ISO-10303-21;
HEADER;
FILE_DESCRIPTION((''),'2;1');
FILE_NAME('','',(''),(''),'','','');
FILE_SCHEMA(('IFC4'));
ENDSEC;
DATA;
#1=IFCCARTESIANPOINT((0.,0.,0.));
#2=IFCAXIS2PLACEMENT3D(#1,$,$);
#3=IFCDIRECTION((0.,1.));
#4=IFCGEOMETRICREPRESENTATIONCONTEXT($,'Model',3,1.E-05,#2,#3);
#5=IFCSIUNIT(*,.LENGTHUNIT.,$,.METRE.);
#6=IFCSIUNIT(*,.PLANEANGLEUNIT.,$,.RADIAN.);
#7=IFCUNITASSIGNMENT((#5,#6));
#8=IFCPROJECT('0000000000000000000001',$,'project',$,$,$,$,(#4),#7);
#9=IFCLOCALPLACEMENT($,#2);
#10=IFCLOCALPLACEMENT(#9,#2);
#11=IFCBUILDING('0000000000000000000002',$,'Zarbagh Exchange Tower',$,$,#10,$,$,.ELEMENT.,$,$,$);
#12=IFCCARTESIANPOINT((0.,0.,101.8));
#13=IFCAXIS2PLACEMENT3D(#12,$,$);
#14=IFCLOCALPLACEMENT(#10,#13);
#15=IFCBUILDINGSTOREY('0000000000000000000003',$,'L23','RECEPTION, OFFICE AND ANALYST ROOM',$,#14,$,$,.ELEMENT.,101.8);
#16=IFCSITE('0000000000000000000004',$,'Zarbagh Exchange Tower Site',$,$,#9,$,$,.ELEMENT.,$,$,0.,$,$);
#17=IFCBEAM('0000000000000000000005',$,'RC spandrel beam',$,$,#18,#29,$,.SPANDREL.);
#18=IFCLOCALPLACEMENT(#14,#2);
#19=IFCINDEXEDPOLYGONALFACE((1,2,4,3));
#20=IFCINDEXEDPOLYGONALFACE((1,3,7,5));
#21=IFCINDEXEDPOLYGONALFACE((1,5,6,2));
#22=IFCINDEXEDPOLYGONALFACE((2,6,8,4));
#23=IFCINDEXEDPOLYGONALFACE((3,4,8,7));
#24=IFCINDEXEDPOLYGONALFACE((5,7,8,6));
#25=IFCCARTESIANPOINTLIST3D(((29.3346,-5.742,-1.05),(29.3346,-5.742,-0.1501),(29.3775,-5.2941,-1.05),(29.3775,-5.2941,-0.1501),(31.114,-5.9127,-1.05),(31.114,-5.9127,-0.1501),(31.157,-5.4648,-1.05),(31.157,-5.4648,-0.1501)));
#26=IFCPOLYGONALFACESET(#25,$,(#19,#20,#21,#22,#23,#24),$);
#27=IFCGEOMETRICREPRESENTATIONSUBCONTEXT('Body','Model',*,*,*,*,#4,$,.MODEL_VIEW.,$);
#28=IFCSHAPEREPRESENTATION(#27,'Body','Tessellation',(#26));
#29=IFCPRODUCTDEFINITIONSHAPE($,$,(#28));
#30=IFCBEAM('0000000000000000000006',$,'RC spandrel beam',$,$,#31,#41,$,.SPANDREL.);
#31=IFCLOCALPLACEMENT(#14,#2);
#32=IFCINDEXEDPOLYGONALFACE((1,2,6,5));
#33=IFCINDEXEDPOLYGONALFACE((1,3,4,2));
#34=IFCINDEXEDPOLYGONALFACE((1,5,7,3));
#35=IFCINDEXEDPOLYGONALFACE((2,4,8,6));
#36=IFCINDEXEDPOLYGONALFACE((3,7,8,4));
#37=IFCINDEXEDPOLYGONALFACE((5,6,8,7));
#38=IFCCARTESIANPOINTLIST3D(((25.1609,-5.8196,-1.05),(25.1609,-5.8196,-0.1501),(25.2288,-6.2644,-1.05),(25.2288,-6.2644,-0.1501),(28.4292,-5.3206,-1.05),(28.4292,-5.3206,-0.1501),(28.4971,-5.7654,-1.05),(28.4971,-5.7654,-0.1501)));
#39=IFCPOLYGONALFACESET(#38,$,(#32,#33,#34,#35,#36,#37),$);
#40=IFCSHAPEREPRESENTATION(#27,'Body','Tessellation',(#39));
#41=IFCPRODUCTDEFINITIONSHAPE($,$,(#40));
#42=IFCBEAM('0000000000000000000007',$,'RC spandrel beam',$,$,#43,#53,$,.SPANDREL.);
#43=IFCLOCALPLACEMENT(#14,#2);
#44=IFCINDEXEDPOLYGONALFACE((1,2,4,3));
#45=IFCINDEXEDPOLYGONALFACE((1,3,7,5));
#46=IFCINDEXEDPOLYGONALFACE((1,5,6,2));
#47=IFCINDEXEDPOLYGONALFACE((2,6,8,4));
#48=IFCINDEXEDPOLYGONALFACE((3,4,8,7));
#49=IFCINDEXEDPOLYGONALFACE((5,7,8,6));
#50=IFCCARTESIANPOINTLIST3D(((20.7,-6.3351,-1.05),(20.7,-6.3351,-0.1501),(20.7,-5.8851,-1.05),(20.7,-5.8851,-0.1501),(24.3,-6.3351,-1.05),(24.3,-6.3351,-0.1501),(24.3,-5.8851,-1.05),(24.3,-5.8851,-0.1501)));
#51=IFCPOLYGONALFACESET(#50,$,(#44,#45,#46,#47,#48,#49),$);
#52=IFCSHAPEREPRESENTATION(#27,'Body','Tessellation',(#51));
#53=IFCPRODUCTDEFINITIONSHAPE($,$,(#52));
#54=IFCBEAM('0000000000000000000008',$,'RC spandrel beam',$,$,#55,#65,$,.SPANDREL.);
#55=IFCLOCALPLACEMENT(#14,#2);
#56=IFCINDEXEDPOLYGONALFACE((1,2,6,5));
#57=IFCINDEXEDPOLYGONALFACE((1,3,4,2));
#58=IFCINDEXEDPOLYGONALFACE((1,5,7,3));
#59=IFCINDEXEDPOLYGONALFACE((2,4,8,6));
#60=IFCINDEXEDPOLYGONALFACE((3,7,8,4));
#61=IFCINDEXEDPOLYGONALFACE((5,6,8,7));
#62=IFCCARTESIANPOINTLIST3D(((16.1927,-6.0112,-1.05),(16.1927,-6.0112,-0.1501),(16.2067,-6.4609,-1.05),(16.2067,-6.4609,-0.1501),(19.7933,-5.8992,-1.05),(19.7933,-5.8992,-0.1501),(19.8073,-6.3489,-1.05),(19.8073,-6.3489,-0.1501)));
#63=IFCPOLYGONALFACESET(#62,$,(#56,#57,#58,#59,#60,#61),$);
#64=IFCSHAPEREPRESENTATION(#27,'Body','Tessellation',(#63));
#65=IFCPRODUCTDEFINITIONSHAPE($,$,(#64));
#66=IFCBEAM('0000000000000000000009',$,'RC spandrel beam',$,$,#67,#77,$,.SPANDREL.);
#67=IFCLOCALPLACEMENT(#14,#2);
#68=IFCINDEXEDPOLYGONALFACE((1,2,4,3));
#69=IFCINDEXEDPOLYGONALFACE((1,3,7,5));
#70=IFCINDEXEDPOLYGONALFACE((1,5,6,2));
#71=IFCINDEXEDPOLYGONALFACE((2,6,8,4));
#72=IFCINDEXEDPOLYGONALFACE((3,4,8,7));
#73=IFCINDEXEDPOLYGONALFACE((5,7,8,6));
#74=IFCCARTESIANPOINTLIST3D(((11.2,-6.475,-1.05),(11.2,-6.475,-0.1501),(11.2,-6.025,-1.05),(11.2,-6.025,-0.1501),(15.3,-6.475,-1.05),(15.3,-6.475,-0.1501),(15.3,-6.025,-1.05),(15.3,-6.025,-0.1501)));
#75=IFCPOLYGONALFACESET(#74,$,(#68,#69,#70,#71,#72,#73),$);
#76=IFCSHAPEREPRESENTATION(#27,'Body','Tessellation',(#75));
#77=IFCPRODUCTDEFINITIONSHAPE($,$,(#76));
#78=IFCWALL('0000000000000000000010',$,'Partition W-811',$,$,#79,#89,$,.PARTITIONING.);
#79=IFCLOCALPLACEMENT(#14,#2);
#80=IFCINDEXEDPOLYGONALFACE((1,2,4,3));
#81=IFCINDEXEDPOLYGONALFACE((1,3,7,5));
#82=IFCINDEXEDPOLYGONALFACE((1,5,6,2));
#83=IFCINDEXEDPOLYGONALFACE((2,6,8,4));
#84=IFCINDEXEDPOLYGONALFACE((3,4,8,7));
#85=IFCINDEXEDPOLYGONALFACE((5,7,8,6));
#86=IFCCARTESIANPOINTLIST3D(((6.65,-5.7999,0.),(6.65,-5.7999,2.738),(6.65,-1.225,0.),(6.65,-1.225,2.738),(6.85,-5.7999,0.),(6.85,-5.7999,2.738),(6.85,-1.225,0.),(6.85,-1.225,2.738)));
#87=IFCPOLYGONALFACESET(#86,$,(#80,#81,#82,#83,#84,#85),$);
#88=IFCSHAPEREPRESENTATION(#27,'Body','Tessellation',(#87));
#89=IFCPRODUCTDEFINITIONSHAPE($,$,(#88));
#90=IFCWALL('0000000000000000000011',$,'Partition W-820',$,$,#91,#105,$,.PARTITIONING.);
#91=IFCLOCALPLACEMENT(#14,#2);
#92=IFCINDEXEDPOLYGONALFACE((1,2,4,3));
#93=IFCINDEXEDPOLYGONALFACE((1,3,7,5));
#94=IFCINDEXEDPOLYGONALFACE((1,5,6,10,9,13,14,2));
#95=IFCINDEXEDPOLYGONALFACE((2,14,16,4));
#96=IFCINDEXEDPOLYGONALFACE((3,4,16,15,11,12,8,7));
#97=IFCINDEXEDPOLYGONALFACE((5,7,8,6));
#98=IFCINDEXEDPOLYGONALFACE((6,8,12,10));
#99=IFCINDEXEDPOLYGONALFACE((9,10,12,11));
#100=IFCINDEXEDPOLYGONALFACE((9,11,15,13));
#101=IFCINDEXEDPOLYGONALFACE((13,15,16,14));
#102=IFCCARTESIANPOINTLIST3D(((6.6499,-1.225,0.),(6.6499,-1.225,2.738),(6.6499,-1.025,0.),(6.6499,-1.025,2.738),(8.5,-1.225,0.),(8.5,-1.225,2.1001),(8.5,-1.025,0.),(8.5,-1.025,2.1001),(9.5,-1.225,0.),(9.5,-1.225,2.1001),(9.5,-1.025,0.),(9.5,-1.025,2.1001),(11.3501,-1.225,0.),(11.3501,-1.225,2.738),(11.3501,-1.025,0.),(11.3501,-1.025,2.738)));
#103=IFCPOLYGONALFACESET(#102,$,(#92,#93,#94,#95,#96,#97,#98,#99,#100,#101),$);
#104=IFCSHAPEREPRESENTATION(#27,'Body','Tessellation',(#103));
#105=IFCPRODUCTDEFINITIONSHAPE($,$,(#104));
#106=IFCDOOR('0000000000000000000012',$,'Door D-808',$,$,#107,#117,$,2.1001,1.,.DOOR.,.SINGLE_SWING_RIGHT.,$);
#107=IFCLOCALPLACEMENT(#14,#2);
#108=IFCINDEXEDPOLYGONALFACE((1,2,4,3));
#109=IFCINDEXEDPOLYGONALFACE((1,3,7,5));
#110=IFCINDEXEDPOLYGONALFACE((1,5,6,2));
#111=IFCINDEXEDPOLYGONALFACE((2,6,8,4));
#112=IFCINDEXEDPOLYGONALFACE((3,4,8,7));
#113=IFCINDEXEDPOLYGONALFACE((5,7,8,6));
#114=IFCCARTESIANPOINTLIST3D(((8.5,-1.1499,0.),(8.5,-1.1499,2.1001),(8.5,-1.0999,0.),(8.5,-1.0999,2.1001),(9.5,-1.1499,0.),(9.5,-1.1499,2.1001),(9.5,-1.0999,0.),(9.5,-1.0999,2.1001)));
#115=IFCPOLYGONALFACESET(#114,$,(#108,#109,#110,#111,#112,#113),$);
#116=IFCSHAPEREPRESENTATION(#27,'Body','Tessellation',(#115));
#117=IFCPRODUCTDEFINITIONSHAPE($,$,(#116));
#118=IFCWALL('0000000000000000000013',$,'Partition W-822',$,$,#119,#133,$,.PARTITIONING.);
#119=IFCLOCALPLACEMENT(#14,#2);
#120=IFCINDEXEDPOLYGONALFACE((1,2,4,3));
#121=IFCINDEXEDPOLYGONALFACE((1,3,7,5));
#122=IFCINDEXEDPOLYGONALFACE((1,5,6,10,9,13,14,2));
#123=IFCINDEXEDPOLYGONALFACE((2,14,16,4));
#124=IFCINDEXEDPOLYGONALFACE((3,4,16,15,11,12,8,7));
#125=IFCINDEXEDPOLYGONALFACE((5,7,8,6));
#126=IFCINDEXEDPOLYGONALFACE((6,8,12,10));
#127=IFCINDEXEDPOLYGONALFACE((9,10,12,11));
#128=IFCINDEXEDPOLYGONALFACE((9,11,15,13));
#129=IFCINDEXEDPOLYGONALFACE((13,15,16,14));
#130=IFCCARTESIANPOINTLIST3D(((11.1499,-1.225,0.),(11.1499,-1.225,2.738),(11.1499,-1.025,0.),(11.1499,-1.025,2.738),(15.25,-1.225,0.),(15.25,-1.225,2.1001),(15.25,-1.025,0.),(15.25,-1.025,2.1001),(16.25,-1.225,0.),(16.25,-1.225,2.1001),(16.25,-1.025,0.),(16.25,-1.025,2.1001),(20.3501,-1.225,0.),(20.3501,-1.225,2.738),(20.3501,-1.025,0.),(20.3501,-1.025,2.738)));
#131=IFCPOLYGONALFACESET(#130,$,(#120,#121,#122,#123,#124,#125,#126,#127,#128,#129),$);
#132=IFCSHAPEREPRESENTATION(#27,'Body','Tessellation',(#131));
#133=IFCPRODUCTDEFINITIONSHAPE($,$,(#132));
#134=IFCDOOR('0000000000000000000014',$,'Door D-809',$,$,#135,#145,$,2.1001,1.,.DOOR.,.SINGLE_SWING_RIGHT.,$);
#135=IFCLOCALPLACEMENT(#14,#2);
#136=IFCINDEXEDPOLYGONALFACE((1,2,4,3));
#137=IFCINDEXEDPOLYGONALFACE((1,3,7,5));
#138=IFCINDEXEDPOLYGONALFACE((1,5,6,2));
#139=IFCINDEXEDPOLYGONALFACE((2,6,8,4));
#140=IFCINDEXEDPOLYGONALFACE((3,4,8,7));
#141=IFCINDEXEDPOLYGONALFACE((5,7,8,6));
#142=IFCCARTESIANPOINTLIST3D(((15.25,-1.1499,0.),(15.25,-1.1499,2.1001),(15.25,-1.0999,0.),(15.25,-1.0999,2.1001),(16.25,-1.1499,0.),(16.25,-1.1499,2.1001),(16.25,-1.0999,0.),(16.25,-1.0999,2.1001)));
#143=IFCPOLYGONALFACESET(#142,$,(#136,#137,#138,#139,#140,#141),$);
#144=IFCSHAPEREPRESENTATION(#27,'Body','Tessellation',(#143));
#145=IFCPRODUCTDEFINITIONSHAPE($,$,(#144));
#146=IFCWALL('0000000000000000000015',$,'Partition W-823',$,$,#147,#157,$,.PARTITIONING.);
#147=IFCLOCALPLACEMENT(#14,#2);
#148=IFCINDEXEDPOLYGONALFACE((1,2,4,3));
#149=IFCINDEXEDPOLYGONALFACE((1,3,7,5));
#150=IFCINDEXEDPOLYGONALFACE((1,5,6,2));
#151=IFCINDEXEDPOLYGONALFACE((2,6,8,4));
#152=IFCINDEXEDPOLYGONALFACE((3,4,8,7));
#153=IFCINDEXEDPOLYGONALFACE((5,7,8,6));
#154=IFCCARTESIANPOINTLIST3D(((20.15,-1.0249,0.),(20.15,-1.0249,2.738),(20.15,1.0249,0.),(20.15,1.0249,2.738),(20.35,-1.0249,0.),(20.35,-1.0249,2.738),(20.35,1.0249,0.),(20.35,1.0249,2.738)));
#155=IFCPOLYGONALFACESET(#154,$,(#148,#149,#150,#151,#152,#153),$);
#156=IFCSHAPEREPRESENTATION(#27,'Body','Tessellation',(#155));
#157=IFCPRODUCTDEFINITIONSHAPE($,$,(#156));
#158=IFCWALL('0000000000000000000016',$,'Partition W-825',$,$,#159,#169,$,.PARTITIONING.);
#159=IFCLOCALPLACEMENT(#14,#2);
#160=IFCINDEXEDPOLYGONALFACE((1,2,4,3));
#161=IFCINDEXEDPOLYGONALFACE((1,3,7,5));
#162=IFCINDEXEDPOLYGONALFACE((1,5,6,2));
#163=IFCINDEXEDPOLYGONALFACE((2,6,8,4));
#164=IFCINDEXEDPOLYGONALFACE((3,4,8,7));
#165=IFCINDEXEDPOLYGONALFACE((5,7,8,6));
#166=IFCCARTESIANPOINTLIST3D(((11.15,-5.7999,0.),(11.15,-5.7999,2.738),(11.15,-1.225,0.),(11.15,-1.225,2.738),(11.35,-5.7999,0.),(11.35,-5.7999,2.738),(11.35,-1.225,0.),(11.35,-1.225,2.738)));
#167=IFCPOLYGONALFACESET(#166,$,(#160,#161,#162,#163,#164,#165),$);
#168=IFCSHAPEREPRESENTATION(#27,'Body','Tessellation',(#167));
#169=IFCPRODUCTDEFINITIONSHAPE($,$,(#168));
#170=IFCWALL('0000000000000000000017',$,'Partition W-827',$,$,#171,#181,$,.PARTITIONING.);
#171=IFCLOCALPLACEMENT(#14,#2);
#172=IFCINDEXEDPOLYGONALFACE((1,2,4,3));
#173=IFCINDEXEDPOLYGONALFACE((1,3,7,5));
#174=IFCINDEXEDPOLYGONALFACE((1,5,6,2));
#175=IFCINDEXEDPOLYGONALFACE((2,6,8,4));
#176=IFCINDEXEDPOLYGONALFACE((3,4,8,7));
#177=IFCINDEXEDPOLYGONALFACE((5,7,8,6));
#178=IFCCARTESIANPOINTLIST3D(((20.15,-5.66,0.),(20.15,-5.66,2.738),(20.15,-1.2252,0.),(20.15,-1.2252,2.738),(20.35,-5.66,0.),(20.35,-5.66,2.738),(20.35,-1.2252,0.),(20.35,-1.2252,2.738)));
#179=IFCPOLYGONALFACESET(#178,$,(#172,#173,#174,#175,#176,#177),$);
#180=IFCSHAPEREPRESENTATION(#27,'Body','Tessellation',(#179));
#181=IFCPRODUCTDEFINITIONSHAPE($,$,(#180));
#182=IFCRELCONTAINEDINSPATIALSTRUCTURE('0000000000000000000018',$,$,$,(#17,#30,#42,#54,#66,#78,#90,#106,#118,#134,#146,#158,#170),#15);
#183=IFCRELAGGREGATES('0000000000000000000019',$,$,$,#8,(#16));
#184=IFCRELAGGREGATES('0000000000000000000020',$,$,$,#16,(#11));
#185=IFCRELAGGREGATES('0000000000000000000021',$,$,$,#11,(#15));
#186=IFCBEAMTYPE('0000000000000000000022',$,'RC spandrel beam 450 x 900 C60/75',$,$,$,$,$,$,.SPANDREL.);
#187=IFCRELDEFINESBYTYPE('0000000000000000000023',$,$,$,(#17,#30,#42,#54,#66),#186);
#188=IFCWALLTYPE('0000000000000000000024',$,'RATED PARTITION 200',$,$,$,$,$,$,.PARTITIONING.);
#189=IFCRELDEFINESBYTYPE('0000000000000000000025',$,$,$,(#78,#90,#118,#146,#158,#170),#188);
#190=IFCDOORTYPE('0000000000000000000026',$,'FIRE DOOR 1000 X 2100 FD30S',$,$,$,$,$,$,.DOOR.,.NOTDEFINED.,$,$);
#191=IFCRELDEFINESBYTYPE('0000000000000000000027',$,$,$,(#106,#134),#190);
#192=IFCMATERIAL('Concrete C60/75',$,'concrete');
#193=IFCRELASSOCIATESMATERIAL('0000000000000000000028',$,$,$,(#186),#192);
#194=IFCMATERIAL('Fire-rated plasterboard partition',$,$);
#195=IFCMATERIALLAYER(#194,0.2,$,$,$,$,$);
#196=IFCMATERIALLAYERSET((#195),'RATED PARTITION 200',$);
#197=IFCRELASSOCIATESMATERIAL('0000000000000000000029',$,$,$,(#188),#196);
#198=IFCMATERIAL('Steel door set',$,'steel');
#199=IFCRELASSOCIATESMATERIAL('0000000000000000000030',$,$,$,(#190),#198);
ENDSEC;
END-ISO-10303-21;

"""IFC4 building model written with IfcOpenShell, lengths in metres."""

from ifc_helpers import new_model, si_unit, direction, frame, frame_2d, origin, origin_2d, place, context, subcontext, project, spatial, rectangle, extrude, material, layer, layer_set, material_profile, profile_set, type_object, element, fill, save


model = new_model("IFC4")

# Units and contexts
model_context = context("Model", 3, precision=1e-05, world=origin(), true_north=direction((0.0, 1.0)))
body_context = subcontext(model_context, "Body", "Model", "MODEL_VIEW")
ifc_project = project(units=[si_unit("LENGTHUNIT", "METRE"), si_unit("PLANEANGLEUNIT", "RADIAN")], contexts=[model_context])

# Site, building, storey
site_placement = place(None, origin())
site = spatial("IfcSite", under=ifc_project, at=site_placement, Name="Zarbagh Exchange Tower Site", CompositionType="ELEMENT", RefElevation=0.0)
building_placement = place(site_placement, origin())
building = spatial("IfcBuilding", under=site, at=building_placement, Name="Zarbagh Exchange Tower", CompositionType="ELEMENT")
storey_placement = place(building_placement, frame((0.0, 0.0, 101.8)))
storey = spatial("IfcBuildingStorey", under=building, at=storey_placement, Name="L23", Description="RECEPTION, OFFICE AND ANALYST ROOM", CompositionType="ELEMENT", Elevation=101.8)

# Shared definitions
ifc_material_1 = material(Name="Concrete C60/75", Category="concrete")

# Beams
ifc_material_profile_1 = material_profile(ifc_material_1, rectangle(XDim=0.45, YDim=0.8999, at=origin_2d()), Name="RC spandrel beam 450 x 900 C60/75")
ifc_profile_set_1 = profile_set([ifc_material_profile_1], Name="Concrete C60/75")
beam_type_1 = type_object("IfcBeamType", Name="RC spandrel beam 450 x 900 C60/75", PredefinedType="SPANDREL", material=ifc_profile_set_1)
beam_1_placement = place(storey_placement, frame((31.1355, -5.6887, -0.6001), z_axis=(-0.995433, 0.09546, 0.0), x_axis=(-0.09546, -0.995433, 0.0)))
element("IfcBeam", 1, at=beam_1_placement, inside=storey, type_object=beam_type_1, Name="RC spandrel beam", PredefinedType="SPANDREL", context=body_context, shape_type="SweptSolid", body=[
    extrude(rectangle(XDim=0.45, YDim=0.8999, at=origin_2d()), origin(), (0.0, 0.0, 1.0), 1.7876),
])
beam_2_placement = place(storey_placement, frame((28.4631, -5.543, -0.6001), z_axis=(-0.988544, -0.150936, 0.0), x_axis=(0.150936, -0.988544, 0.0)))
element("IfcBeam", 2, at=beam_2_placement, inside=storey, type_object=beam_type_1, Name="RC spandrel beam", PredefinedType="SPANDREL", context=body_context, shape_type="SweptSolid", body=[
    extrude(rectangle(XDim=0.45, YDim=0.8999, at=origin_2d()), origin(), (0.0, 0.0, 1.0), 3.3062),
])
beam_3_placement = place(storey_placement, frame((24.3, -6.1101, -0.6001), z_axis=(-1.0, 0.0, 0.0), x_axis=(0.0, -1.0, 0.0)))
element("IfcBeam", 3, at=beam_3_placement, inside=storey, type_object=beam_type_1, Name="RC spandrel beam", PredefinedType="SPANDREL", context=body_context, shape_type="SweptSolid", body=[
    extrude(rectangle(XDim=0.45, YDim=0.8999, at=origin_2d()), origin(), (0.0, 0.0, 1.0), 3.6001),
])
beam_4_placement = place(storey_placement, frame((19.8003, -6.124, -0.6001), z_axis=(-0.999516, -0.031108, 0.0), x_axis=(0.031108, -0.999516, 0.0)))
element("IfcBeam", 4, at=beam_4_placement, inside=storey, type_object=beam_type_1, Name="RC spandrel beam", PredefinedType="SPANDREL", context=body_context, shape_type="SweptSolid", body=[
    extrude(rectangle(XDim=0.45, YDim=0.8999, at=origin_2d()), origin(), (0.0, 0.0, 1.0), 3.6023),
])
beam_5_placement = place(storey_placement, frame((15.3, -6.25, -0.6001), z_axis=(-1.0, 0.0, 0.0), x_axis=(0.0, -1.0, 0.0)))
element("IfcBeam", 5, at=beam_5_placement, inside=storey, type_object=beam_type_1, Name="RC spandrel beam", PredefinedType="SPANDREL", context=body_context, shape_type="SweptSolid", body=[
    extrude(rectangle(XDim=0.45, YDim=0.8999, at=origin_2d()), origin(), (0.0, 0.0, 1.0), 4.1001),
])

# Wall
ifc_material_2 = material(Name="Fire-rated plasterboard partition")
ifc_layer = layer(ifc_material_2, 0.2)
ifc_layer_set = layer_set([ifc_layer], Name="RATED PARTITION 200")
wall_type = type_object("IfcWallType", Name="RATED PARTITION 200", PredefinedType="PARTITIONING", material=ifc_layer_set)
wall_1_placement = place(storey_placement, frame((6.75, -5.8, 0.0), z_axis=(0.0, 0.0, 1.0), x_axis=(0.0, 1.0, 0.0)))
element("IfcWall", 6, at=wall_1_placement, inside=storey, type_object=wall_type, Name="Partition W-811", PredefinedType="PARTITIONING", context=body_context, shape_type="SweptSolid", body=[
    extrude(rectangle(XDim=4.575, YDim=0.2, at=frame_2d((2.2876, 0.0))), origin(), (0.0, 0.0, 1.0), 2.738),
])

# Walls, openings, doors
wall_2_placement = place(storey_placement, frame((11.3501, -1.125, 0.0), z_axis=(0.0, 0.0, 1.0), x_axis=(-1.0, 0.0, 0.0)))
wall_2 = element("IfcWall", 7, at=wall_2_placement, inside=storey, type_object=wall_type, Name="Partition W-820", PredefinedType="PARTITIONING", context=body_context, shape_type="SweptSolid", body=[
    extrude(rectangle(XDim=4.7002, YDim=0.2, at=frame_2d((2.3501, 0.0))), origin(), (0.0, 0.0, 1.0), 2.738),
])
opening_1_placement = place(wall_2_placement, frame((1.8501, 0.0, 0.0)))
opening_1 = element("IfcOpeningElement", 8, at=opening_1_placement, cuts=wall_2, PredefinedType="OPENING", context=body_context, shape_type="SweptSolid", body=[
    extrude(rectangle(XDim=1.0, YDim=2.1001, at=frame_2d((0.5, 1.05))), frame((0.0, 0.1099, 0.0), z_axis=(0.0, -1.0, 0.0), x_axis=(1.0, 0.0, 0.0)), (0.0, 0.0, 1.0), 0.22),
])
ifc_material_3 = material(Name="Steel door set", Category="steel")
door_type = type_object("IfcDoorType", Name="FIRE DOOR 1000 X 2100 FD30S", OperationType="NOTDEFINED", PredefinedType="DOOR", material=ifc_material_3)
door_1_placement = place(opening_1_placement, origin())
door_1 = element("IfcDoor", 9, at=door_1_placement, inside=storey, type_object=door_type, Name="Door D-808", OperationType="SINGLE_SWING_RIGHT", OverallHeight=2.1001, OverallWidth=1.0, PredefinedType="DOOR", context=body_context, shape_type="SweptSolid", body=[
    extrude(rectangle(XDim=1.0, YDim=2.1001, at=frame_2d((0.5, 1.05))), frame((0.0, 0.0249, 0.0), z_axis=(0.0, -1.0, 0.0), x_axis=(1.0, 0.0, 0.0)), (0.0, 0.0, 1.0), 0.05),
])
fill(opening_1, door_1)
wall_3_placement = place(storey_placement, frame((20.3501, -1.125, 0.0), z_axis=(0.0, 0.0, 1.0), x_axis=(-1.0, 0.0, 0.0)))
wall_3 = element("IfcWall", 10, at=wall_3_placement, inside=storey, type_object=wall_type, Name="Partition W-822", PredefinedType="PARTITIONING", context=body_context, shape_type="SweptSolid", body=[
    extrude(rectangle(XDim=9.2002, YDim=0.2, at=frame_2d((4.6001, 0.0))), origin(), (0.0, 0.0, 1.0), 2.738),
])
opening_2_placement = place(wall_3_placement, frame((4.1001, 0.0, 0.0)))
opening_2 = element("IfcOpeningElement", 11, at=opening_2_placement, cuts=wall_3, PredefinedType="OPENING", context=body_context, shape_type="SweptSolid", body=[
    extrude(rectangle(XDim=1.0, YDim=2.1001, at=frame_2d((0.5, 1.05))), frame((0.0, 0.1099, 0.0), z_axis=(0.0, -1.0, 0.0), x_axis=(1.0, 0.0, 0.0)), (0.0, 0.0, 1.0), 0.22),
])
door_2_placement = place(opening_2_placement, origin())
door_2 = element("IfcDoor", 12, at=door_2_placement, inside=storey, type_object=door_type, Name="Door D-809", OperationType="SINGLE_SWING_RIGHT", OverallHeight=2.1001, OverallWidth=1.0, PredefinedType="DOOR", context=body_context, shape_type="SweptSolid", body=[
    extrude(rectangle(XDim=1.0, YDim=2.1001, at=frame_2d((0.5, 1.05))), frame((0.0, 0.0249, 0.0), z_axis=(0.0, -1.0, 0.0), x_axis=(1.0, 0.0, 0.0)), (0.0, 0.0, 1.0), 0.05),
])
fill(opening_2, door_2)

# Walls
wall_4_placement = place(storey_placement, frame((20.25, -1.0249, 0.0), z_axis=(0.0, 0.0, 1.0), x_axis=(0.0, 1.0, 0.0)))
element("IfcWall", 13, at=wall_4_placement, inside=storey, type_object=wall_type, Name="Partition W-823", PredefinedType="PARTITIONING", context=body_context, shape_type="SweptSolid", body=[
    extrude(rectangle(XDim=2.0498, YDim=0.2, at=frame_2d((1.0249, 0.0))), origin(), (0.0, 0.0, 1.0), 2.738),
])
wall_5_placement = place(storey_placement, frame((11.25, -5.8, 0.0), z_axis=(0.0, 0.0, 1.0), x_axis=(0.0, 1.0, 0.0)))
element("IfcWall", 14, at=wall_5_placement, inside=storey, type_object=wall_type, Name="Partition W-825", PredefinedType="PARTITIONING", context=body_context, shape_type="SweptSolid", body=[
    extrude(rectangle(XDim=4.575, YDim=0.2, at=frame_2d((2.2876, 0.0))), origin(), (0.0, 0.0, 1.0), 2.738),
])
wall_6_placement = place(storey_placement, frame((20.25, -5.6599, 0.0), z_axis=(0.0, 0.0, 1.0), x_axis=(0.0, 1.0, 0.0)))
element("IfcWall", 15, at=wall_6_placement, inside=storey, type_object=wall_type, Name="Partition W-827", PredefinedType="PARTITIONING", context=body_context, shape_type="SweptSolid", body=[
    extrude(rectangle(XDim=4.4348, YDim=0.2, at=frame_2d((2.2173, 0.0))), origin(), (0.0, 0.0, 1.0), 2.738),
])

save(model, "model.ifc")
